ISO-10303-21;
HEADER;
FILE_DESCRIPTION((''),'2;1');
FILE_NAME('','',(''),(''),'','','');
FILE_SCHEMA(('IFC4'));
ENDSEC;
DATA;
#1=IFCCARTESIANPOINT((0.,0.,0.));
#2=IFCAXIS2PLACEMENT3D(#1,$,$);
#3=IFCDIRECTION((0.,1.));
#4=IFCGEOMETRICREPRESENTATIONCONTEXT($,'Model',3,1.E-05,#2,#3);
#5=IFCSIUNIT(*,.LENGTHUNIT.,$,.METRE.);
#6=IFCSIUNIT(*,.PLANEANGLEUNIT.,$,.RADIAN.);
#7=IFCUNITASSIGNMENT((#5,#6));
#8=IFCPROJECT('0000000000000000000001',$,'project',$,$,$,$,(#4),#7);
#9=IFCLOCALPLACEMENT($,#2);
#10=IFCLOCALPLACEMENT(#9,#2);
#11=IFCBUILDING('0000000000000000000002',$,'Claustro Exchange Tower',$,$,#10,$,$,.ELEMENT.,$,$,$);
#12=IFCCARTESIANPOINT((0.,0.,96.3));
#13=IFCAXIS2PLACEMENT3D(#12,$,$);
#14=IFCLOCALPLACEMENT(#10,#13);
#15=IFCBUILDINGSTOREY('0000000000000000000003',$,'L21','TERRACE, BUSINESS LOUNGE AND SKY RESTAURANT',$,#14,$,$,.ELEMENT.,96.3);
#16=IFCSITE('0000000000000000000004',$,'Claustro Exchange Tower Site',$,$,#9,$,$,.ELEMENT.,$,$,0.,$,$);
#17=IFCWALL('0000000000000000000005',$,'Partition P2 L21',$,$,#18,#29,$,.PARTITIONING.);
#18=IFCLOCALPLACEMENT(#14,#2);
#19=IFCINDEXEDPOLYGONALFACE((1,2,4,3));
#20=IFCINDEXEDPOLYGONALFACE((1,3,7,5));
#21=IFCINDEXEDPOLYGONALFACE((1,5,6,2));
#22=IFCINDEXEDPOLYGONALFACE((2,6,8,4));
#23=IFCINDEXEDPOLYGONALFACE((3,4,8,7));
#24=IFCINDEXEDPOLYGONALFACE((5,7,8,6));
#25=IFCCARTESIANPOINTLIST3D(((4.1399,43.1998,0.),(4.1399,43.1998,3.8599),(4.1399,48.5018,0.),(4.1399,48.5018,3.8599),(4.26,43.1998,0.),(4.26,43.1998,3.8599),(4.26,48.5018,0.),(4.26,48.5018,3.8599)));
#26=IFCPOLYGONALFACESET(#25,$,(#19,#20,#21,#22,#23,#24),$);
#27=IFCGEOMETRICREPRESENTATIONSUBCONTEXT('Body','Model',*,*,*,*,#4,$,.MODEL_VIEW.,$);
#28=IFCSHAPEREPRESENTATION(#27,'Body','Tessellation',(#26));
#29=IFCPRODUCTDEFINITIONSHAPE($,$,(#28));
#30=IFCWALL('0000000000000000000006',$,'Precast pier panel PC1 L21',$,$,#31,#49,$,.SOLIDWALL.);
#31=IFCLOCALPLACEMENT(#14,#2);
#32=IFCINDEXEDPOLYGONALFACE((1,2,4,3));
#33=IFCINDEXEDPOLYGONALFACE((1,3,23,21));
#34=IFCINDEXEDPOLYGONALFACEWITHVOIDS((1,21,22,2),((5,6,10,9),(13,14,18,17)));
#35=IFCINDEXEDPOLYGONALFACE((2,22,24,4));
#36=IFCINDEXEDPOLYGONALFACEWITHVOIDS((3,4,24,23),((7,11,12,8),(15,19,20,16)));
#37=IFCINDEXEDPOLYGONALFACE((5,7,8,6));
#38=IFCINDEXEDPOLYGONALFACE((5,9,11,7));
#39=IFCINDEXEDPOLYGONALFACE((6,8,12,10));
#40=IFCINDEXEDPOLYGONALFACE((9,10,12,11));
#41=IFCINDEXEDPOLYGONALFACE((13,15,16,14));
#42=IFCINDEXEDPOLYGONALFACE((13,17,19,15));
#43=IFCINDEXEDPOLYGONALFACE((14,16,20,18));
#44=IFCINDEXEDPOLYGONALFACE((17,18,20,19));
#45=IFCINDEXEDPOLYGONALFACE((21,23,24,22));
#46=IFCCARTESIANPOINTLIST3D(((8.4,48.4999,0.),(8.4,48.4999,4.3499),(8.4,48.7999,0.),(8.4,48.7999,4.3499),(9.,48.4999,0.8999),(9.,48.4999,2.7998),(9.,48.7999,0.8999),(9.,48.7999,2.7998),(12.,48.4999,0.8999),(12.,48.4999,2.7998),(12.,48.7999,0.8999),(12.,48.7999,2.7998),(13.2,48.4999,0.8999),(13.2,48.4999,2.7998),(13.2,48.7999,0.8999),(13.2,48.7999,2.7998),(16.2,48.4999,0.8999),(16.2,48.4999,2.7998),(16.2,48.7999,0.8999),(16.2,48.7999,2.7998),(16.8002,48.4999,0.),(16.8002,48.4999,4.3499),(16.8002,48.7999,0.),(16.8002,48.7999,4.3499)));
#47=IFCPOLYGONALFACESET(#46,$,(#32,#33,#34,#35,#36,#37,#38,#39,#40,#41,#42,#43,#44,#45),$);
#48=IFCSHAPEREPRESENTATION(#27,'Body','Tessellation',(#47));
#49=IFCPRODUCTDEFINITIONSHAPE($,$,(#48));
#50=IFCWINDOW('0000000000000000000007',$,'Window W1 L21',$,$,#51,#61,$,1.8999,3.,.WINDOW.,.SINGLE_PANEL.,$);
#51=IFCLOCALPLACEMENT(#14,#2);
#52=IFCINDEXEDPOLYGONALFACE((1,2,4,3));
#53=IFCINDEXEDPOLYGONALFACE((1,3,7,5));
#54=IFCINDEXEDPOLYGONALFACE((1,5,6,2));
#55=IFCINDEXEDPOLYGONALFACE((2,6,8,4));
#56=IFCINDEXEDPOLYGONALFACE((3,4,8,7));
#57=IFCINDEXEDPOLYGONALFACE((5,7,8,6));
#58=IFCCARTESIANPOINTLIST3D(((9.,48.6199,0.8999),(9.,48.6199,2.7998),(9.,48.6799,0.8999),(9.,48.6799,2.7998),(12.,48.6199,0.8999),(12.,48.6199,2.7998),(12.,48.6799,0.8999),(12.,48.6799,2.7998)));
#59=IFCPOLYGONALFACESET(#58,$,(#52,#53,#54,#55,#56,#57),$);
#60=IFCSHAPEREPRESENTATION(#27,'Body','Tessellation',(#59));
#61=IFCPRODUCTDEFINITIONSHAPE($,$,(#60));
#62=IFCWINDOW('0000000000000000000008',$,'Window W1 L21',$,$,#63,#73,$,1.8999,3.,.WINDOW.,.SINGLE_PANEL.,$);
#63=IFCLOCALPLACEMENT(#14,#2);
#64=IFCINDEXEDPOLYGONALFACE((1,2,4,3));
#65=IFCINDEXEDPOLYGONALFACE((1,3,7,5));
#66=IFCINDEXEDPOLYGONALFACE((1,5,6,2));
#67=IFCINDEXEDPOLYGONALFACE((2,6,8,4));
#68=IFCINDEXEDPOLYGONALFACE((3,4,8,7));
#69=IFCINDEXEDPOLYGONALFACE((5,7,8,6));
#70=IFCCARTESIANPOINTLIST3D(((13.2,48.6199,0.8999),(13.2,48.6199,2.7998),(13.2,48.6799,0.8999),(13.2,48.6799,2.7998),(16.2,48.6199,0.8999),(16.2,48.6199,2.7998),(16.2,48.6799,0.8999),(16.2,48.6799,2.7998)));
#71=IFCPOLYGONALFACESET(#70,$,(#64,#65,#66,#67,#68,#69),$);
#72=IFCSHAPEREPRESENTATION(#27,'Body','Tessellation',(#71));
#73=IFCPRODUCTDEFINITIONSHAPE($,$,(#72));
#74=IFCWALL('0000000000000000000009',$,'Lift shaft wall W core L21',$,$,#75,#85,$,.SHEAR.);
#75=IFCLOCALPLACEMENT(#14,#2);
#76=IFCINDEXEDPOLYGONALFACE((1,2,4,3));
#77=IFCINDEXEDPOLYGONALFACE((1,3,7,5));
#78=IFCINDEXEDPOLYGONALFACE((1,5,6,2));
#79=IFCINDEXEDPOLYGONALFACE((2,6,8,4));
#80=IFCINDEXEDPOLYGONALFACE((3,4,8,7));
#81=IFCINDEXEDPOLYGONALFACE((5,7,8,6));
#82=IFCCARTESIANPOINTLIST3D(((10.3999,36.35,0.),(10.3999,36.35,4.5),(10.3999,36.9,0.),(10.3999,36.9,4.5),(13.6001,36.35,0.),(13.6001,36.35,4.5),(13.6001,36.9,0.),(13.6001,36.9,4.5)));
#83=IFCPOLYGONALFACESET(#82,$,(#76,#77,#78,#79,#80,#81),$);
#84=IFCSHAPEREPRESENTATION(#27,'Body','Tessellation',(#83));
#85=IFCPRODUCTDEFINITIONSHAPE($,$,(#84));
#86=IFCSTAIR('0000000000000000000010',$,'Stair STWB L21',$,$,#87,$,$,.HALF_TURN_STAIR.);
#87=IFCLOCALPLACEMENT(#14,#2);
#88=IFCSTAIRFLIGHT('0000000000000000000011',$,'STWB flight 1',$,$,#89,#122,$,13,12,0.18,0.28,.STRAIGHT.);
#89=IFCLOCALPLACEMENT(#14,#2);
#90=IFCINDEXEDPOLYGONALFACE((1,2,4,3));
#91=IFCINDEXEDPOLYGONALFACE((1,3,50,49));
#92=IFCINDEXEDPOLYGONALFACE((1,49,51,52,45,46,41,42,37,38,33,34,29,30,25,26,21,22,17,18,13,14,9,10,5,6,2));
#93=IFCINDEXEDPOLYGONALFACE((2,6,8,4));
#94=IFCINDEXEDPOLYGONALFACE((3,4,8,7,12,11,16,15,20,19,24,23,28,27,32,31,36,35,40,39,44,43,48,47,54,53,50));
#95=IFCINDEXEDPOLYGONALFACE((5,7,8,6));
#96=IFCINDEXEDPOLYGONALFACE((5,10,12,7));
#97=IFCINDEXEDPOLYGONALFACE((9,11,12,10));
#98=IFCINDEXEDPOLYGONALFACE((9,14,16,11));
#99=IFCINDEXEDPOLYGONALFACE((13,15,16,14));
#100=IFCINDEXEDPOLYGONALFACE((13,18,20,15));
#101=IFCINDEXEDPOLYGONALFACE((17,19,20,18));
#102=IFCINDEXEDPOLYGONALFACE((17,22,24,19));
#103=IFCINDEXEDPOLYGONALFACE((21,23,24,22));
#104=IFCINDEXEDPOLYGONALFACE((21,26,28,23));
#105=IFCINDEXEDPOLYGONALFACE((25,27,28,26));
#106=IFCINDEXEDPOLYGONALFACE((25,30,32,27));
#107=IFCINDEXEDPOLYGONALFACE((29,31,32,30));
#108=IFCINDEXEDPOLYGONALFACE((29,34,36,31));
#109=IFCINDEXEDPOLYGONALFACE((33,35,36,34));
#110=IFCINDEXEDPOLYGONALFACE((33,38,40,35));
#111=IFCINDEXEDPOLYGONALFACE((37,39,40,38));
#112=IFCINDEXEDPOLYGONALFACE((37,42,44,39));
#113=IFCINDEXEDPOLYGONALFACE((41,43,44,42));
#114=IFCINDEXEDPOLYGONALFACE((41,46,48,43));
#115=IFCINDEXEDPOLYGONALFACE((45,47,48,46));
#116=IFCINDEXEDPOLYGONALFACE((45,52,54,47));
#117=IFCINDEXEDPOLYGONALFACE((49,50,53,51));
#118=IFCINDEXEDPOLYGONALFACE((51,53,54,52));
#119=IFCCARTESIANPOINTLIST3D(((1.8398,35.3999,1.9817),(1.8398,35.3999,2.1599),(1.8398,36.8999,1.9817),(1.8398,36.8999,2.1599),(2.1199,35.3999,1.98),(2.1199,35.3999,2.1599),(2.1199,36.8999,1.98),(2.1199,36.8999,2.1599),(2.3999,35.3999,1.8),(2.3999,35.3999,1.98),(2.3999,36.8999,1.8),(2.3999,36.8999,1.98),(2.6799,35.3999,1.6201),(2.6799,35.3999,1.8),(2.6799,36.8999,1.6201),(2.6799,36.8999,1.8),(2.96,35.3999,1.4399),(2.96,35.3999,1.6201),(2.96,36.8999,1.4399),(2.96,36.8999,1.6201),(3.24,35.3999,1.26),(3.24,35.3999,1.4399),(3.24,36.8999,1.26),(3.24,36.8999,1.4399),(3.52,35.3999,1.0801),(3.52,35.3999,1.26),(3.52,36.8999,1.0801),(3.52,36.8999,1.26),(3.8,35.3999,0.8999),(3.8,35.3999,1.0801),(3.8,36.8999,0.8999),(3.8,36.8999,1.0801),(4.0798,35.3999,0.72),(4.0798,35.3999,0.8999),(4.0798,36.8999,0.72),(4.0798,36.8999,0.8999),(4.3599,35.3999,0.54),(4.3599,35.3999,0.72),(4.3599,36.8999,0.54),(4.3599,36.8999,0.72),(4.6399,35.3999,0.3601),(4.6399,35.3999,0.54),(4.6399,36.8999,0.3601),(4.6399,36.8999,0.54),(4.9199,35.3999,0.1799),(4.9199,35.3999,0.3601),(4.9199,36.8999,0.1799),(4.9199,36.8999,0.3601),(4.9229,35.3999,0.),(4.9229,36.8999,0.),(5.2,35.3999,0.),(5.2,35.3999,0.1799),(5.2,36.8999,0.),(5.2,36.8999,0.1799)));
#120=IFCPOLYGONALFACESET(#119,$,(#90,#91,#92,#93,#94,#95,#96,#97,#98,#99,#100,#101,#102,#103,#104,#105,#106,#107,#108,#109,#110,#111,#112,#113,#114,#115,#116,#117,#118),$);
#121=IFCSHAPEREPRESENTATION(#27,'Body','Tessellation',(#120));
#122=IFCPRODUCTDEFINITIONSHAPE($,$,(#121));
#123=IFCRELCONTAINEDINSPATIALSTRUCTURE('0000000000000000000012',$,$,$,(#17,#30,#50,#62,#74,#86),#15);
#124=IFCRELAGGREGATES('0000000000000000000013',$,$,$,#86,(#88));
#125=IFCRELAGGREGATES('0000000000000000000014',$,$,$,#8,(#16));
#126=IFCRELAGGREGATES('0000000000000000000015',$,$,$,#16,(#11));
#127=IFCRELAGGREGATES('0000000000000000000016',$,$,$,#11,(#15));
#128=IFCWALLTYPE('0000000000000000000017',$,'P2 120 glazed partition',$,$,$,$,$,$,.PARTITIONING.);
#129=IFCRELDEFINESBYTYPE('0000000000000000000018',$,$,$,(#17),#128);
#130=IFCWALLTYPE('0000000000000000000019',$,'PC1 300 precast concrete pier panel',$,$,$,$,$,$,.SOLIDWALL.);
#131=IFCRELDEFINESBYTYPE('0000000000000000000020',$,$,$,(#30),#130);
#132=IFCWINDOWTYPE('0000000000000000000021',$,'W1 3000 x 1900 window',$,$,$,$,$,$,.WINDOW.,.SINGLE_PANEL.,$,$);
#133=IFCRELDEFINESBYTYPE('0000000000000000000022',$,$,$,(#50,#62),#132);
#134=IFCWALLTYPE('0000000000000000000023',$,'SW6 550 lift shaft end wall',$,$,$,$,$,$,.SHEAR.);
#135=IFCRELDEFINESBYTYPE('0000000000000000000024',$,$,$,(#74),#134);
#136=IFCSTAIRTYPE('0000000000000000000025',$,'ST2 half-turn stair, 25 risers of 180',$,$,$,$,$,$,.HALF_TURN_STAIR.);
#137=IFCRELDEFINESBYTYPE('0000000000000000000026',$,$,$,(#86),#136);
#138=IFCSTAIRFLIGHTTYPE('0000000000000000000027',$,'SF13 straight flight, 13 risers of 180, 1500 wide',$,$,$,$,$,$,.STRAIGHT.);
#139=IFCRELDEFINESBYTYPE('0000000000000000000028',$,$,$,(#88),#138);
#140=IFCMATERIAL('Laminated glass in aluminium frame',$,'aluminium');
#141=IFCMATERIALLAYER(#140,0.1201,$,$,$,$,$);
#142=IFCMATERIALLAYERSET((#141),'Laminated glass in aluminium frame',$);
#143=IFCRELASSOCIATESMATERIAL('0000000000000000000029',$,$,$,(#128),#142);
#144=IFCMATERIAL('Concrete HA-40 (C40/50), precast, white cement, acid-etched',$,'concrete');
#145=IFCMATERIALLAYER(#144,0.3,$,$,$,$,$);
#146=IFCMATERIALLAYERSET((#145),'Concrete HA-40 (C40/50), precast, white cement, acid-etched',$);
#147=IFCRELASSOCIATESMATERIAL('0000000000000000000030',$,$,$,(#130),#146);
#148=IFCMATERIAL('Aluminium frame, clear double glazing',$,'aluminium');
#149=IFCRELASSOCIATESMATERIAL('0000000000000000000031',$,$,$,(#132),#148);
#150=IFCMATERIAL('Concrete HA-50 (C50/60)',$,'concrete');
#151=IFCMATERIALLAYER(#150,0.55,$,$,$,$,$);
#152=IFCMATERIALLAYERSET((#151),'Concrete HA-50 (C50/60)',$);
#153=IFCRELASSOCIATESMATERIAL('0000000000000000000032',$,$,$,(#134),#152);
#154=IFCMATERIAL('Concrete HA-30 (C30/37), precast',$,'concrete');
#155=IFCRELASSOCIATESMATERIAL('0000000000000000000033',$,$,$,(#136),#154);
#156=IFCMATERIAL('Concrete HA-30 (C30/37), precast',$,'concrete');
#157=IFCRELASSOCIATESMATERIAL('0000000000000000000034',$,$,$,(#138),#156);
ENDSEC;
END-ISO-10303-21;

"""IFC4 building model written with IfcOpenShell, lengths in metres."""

from ifc_helpers import new_model, si_unit, direction, frame, frame_2d, origin, place, context, subcontext, project, spatial, polyline, rectangle, outline, extrude, material, layer, layer_set, type_object, element, fill, aggregate, save


model = new_model("IFC4")

# Units and contexts
model_context = context("Model", 3, precision=1e-05, world=origin(), true_north=direction((0.0, 1.0)))
body_context = subcontext(model_context, "Body", "Model", "MODEL_VIEW")
ifc_project = project(units=[si_unit("LENGTHUNIT", "METRE"), si_unit("PLANEANGLEUNIT", "RADIAN")], contexts=[model_context])

# Site, building, storey
site_placement = place(None, origin())
site = spatial("IfcSite", under=ifc_project, at=site_placement, Name="Claustro Exchange Tower Site", CompositionType="ELEMENT", RefElevation=0.0)
building_placement = place(site_placement, origin())
building = spatial("IfcBuilding", under=site, at=building_placement, Name="Claustro Exchange Tower", CompositionType="ELEMENT")
storey_placement = place(building_placement, frame((0.0, 0.0, 96.3)))
storey = spatial("IfcBuildingStorey", under=building, at=storey_placement, Name="L21", Description="TERRACE, BUSINESS LOUNGE AND SKY RESTAURANT", CompositionType="ELEMENT", Elevation=96.3)

# Wall
ifc_material_1 = material(Name="Laminated glass in aluminium frame", Category="aluminium")
ifc_layer_1 = layer(ifc_material_1, 0.1201)
ifc_layer_set_1 = layer_set([ifc_layer_1], Name="Laminated glass in aluminium frame")
wall_type_1 = type_object("IfcWallType", Name="P2 120 glazed partition", PredefinedType="PARTITIONING", material=ifc_layer_set_1)
wall_1_placement = place(storey_placement, frame((4.2, 43.2, 0.0), z_axis=(0.0, 0.0, 1.0), x_axis=(0.0, 1.0, 0.0)))
element("IfcWall", 1, at=wall_1_placement, inside=storey, type_object=wall_type_1, Name="Partition P2 L21", PredefinedType="PARTITIONING", context=body_context, shape_type="SweptSolid", body=[
    extrude(rectangle(XDim=5.302, YDim=0.1201, at=frame_2d((2.6509, 0.0))), origin(), (0.0, 0.0, 1.0), 3.8599),
])

# Wall, openings, windows
ifc_material_2 = material(Name="Concrete HA-40 (C40/50), precast, white cement, acid-etched", Category="concrete")
ifc_layer_2 = layer(ifc_material_2, 0.3)
ifc_layer_set_2 = layer_set([ifc_layer_2], Name="Concrete HA-40 (C40/50), precast, white cement, acid-etched")
wall_type_2 = type_object("IfcWallType", Name="PC1 300 precast concrete pier panel", PredefinedType="SOLIDWALL", material=ifc_layer_set_2)
wall_2_placement = place(storey_placement, frame((8.3999, 48.6499, 0.0), z_axis=(0.0, 0.0, 1.0), x_axis=(1.0, 0.0, 0.0)))
wall_2 = element("IfcWall", 2, at=wall_2_placement, inside=storey, type_object=wall_type_2, Name="Precast pier panel PC1 L21", PredefinedType="SOLIDWALL", context=body_context, shape_type="SweptSolid", body=[
    extrude(rectangle(XDim=8.4001, YDim=0.3, at=frame_2d((4.2002, 0.0))), origin(), (0.0, 0.0, 1.0), 4.3499),
])
opening_1_placement = place(wall_2_placement, frame((0.6001, 0.0, 0.8999)))
opening_1 = element("IfcOpeningElement", 3, at=opening_1_placement, cuts=wall_2, PredefinedType="OPENING", context=body_context, shape_type="SweptSolid", body=[
    extrude(rectangle(XDim=3.0, YDim=1.8999, at=frame_2d((1.5, 0.95))), frame((0.0, 0.1599, 0.0), z_axis=(0.0, -1.0, 0.0), x_axis=(1.0, 0.0, 0.0)), (0.0, 0.0, 1.0), 0.3201),
])
opening_2_placement = place(wall_2_placement, frame((4.8, 0.0, 0.8999)))
opening_2 = element("IfcOpeningElement", 4, at=opening_2_placement, cuts=wall_2, PredefinedType="OPENING", context=body_context, shape_type="SweptSolid", body=[
    extrude(rectangle(XDim=3.0, YDim=1.8999, at=frame_2d((1.5, 0.95))), frame((0.0, 0.1599, 0.0), z_axis=(0.0, -1.0, 0.0), x_axis=(1.0, 0.0, 0.0)), (0.0, 0.0, 1.0), 0.3201),
])
ifc_material_3 = material(Name="Aluminium frame, clear double glazing", Category="aluminium")
window_type = type_object("IfcWindowType", Name="W1 3000 x 1900 window", PartitioningType="SINGLE_PANEL", PredefinedType="WINDOW", material=ifc_material_3)
window_1_placement = place(opening_1_placement, origin())
window_1 = element("IfcWindow", 5, at=window_1_placement, inside=storey, type_object=window_type, Name="Window W1 L21", OverallHeight=1.8999, OverallWidth=3.0, PartitioningType="SINGLE_PANEL", PredefinedType="WINDOW", context=body_context, shape_type="SweptSolid", body=[
    extrude(rectangle(XDim=3.0, YDim=1.8999, at=frame_2d((1.5, 0.95))), frame((0.0, 0.03, 0.0), z_axis=(0.0, -1.0, 0.0), x_axis=(1.0, 0.0, 0.0)), (0.0, 0.0, 1.0), 0.0601),
])
fill(opening_1, window_1)
window_2_placement = place(opening_2_placement, origin())
window_2 = element("IfcWindow", 6, at=window_2_placement, inside=storey, type_object=window_type, Name="Window W1 L21", OverallHeight=1.8999, OverallWidth=3.0, PartitioningType="SINGLE_PANEL", PredefinedType="WINDOW", context=body_context, shape_type="SweptSolid", body=[
    extrude(rectangle(XDim=3.0, YDim=1.8999, at=frame_2d((1.5, 0.95))), frame((0.0, 0.03, 0.0), z_axis=(0.0, -1.0, 0.0), x_axis=(1.0, 0.0, 0.0)), (0.0, 0.0, 1.0), 0.0601),
])
fill(opening_2, window_2)

# Wall
ifc_material_4 = material(Name="Concrete HA-50 (C50/60)", Category="concrete")
ifc_layer_3 = layer(ifc_material_4, 0.55)
ifc_layer_set_3 = layer_set([ifc_layer_3], Name="Concrete HA-50 (C50/60)")
wall_type_3 = type_object("IfcWallType", Name="SW6 550 lift shaft end wall", PredefinedType="SHEAR", material=ifc_layer_set_3)
wall_3_placement = place(storey_placement, frame((10.3999, 36.625, 0.0), z_axis=(0.0, 0.0, 1.0), x_axis=(1.0, 0.0, 0.0)))
element("IfcWall", 7, at=wall_3_placement, inside=storey, type_object=wall_type_3, Name="Lift shaft wall W core L21", PredefinedType="SHEAR", context=body_context, shape_type="SweptSolid", body=[
    extrude(rectangle(XDim=3.2002, YDim=0.55, at=frame_2d((1.6001, 0.0))), origin(), (0.0, 0.0, 1.0), 4.5),
])

# Stair, stair flight
ifc_material_5 = material(Name="Concrete HA-30 (C30/37), precast", Category="concrete")
stair_type = type_object("IfcStairType", Name="ST2 half-turn stair, 25 risers of 180", PredefinedType="HALF_TURN_STAIR", material=ifc_material_5)
stair_placement = place(storey_placement, origin())
stair = element("IfcStair", 8, at=stair_placement, inside=storey, type_object=stair_type, Name="Stair STWB L21", PredefinedType="HALF_TURN_STAIR")
ifc_material_6 = material(Name="Concrete HA-30 (C30/37), precast", Category="concrete")
stair_flight_type = type_object("IfcStairFlightType", Name="SF13 straight flight, 13 risers of 180, 1500 wide", PredefinedType="STRAIGHT", material=ifc_material_6)
stair_flight_placement = place(storey_placement, frame((5.2, 36.1499, 0.0), z_axis=(0.0, 0.0, 1.0), x_axis=(-1.0, 0.0, 0.0)))
stair_flight = element("IfcStairFlight", 9, at=stair_flight_placement, type_object=stair_flight_type, Name="STWB flight 1", NumberOfRisers=13, NumberOfTreads=12, PredefinedType="STRAIGHT", RiserHeight=0.18, TreadLength=0.28, context=body_context, shape_type="SweptSolid", body=[
    extrude(outline(polyline([(0.0, 0.0), (0.0, 0.1799), (0.28, 0.1799), (0.28, 0.3601), (0.5601, 0.3601), (0.5601, 0.54), (0.8401, 0.54), (0.8401, 0.72), (1.1201, 0.72), (1.1201, 0.8999), (1.3999, 0.8999), (1.3999, 1.0801), (1.6799, 1.0801), (1.6799, 1.26), (1.96, 1.26), (1.96, 1.4399), (2.24, 1.4399), (2.24, 1.6201), (2.52, 1.6201), (2.52, 1.8), (2.8, 1.8), (2.8, 1.98), (3.0801, 1.98), (3.0801, 2.1599), (3.3601, 2.1599), (3.3601, 2.3401), (3.3601, 1.9817), (0.2771, 0.0), (0.0, 0.0)])), frame((0.0, 0.75, 0.0), z_axis=(0.0, -1.0, 0.0), x_axis=(1.0, 0.0, 0.0)), (0.0, 0.0, 1.0), 1.5),
])
aggregate(stair, [stair_flight])

save(model, "model.ifc")
